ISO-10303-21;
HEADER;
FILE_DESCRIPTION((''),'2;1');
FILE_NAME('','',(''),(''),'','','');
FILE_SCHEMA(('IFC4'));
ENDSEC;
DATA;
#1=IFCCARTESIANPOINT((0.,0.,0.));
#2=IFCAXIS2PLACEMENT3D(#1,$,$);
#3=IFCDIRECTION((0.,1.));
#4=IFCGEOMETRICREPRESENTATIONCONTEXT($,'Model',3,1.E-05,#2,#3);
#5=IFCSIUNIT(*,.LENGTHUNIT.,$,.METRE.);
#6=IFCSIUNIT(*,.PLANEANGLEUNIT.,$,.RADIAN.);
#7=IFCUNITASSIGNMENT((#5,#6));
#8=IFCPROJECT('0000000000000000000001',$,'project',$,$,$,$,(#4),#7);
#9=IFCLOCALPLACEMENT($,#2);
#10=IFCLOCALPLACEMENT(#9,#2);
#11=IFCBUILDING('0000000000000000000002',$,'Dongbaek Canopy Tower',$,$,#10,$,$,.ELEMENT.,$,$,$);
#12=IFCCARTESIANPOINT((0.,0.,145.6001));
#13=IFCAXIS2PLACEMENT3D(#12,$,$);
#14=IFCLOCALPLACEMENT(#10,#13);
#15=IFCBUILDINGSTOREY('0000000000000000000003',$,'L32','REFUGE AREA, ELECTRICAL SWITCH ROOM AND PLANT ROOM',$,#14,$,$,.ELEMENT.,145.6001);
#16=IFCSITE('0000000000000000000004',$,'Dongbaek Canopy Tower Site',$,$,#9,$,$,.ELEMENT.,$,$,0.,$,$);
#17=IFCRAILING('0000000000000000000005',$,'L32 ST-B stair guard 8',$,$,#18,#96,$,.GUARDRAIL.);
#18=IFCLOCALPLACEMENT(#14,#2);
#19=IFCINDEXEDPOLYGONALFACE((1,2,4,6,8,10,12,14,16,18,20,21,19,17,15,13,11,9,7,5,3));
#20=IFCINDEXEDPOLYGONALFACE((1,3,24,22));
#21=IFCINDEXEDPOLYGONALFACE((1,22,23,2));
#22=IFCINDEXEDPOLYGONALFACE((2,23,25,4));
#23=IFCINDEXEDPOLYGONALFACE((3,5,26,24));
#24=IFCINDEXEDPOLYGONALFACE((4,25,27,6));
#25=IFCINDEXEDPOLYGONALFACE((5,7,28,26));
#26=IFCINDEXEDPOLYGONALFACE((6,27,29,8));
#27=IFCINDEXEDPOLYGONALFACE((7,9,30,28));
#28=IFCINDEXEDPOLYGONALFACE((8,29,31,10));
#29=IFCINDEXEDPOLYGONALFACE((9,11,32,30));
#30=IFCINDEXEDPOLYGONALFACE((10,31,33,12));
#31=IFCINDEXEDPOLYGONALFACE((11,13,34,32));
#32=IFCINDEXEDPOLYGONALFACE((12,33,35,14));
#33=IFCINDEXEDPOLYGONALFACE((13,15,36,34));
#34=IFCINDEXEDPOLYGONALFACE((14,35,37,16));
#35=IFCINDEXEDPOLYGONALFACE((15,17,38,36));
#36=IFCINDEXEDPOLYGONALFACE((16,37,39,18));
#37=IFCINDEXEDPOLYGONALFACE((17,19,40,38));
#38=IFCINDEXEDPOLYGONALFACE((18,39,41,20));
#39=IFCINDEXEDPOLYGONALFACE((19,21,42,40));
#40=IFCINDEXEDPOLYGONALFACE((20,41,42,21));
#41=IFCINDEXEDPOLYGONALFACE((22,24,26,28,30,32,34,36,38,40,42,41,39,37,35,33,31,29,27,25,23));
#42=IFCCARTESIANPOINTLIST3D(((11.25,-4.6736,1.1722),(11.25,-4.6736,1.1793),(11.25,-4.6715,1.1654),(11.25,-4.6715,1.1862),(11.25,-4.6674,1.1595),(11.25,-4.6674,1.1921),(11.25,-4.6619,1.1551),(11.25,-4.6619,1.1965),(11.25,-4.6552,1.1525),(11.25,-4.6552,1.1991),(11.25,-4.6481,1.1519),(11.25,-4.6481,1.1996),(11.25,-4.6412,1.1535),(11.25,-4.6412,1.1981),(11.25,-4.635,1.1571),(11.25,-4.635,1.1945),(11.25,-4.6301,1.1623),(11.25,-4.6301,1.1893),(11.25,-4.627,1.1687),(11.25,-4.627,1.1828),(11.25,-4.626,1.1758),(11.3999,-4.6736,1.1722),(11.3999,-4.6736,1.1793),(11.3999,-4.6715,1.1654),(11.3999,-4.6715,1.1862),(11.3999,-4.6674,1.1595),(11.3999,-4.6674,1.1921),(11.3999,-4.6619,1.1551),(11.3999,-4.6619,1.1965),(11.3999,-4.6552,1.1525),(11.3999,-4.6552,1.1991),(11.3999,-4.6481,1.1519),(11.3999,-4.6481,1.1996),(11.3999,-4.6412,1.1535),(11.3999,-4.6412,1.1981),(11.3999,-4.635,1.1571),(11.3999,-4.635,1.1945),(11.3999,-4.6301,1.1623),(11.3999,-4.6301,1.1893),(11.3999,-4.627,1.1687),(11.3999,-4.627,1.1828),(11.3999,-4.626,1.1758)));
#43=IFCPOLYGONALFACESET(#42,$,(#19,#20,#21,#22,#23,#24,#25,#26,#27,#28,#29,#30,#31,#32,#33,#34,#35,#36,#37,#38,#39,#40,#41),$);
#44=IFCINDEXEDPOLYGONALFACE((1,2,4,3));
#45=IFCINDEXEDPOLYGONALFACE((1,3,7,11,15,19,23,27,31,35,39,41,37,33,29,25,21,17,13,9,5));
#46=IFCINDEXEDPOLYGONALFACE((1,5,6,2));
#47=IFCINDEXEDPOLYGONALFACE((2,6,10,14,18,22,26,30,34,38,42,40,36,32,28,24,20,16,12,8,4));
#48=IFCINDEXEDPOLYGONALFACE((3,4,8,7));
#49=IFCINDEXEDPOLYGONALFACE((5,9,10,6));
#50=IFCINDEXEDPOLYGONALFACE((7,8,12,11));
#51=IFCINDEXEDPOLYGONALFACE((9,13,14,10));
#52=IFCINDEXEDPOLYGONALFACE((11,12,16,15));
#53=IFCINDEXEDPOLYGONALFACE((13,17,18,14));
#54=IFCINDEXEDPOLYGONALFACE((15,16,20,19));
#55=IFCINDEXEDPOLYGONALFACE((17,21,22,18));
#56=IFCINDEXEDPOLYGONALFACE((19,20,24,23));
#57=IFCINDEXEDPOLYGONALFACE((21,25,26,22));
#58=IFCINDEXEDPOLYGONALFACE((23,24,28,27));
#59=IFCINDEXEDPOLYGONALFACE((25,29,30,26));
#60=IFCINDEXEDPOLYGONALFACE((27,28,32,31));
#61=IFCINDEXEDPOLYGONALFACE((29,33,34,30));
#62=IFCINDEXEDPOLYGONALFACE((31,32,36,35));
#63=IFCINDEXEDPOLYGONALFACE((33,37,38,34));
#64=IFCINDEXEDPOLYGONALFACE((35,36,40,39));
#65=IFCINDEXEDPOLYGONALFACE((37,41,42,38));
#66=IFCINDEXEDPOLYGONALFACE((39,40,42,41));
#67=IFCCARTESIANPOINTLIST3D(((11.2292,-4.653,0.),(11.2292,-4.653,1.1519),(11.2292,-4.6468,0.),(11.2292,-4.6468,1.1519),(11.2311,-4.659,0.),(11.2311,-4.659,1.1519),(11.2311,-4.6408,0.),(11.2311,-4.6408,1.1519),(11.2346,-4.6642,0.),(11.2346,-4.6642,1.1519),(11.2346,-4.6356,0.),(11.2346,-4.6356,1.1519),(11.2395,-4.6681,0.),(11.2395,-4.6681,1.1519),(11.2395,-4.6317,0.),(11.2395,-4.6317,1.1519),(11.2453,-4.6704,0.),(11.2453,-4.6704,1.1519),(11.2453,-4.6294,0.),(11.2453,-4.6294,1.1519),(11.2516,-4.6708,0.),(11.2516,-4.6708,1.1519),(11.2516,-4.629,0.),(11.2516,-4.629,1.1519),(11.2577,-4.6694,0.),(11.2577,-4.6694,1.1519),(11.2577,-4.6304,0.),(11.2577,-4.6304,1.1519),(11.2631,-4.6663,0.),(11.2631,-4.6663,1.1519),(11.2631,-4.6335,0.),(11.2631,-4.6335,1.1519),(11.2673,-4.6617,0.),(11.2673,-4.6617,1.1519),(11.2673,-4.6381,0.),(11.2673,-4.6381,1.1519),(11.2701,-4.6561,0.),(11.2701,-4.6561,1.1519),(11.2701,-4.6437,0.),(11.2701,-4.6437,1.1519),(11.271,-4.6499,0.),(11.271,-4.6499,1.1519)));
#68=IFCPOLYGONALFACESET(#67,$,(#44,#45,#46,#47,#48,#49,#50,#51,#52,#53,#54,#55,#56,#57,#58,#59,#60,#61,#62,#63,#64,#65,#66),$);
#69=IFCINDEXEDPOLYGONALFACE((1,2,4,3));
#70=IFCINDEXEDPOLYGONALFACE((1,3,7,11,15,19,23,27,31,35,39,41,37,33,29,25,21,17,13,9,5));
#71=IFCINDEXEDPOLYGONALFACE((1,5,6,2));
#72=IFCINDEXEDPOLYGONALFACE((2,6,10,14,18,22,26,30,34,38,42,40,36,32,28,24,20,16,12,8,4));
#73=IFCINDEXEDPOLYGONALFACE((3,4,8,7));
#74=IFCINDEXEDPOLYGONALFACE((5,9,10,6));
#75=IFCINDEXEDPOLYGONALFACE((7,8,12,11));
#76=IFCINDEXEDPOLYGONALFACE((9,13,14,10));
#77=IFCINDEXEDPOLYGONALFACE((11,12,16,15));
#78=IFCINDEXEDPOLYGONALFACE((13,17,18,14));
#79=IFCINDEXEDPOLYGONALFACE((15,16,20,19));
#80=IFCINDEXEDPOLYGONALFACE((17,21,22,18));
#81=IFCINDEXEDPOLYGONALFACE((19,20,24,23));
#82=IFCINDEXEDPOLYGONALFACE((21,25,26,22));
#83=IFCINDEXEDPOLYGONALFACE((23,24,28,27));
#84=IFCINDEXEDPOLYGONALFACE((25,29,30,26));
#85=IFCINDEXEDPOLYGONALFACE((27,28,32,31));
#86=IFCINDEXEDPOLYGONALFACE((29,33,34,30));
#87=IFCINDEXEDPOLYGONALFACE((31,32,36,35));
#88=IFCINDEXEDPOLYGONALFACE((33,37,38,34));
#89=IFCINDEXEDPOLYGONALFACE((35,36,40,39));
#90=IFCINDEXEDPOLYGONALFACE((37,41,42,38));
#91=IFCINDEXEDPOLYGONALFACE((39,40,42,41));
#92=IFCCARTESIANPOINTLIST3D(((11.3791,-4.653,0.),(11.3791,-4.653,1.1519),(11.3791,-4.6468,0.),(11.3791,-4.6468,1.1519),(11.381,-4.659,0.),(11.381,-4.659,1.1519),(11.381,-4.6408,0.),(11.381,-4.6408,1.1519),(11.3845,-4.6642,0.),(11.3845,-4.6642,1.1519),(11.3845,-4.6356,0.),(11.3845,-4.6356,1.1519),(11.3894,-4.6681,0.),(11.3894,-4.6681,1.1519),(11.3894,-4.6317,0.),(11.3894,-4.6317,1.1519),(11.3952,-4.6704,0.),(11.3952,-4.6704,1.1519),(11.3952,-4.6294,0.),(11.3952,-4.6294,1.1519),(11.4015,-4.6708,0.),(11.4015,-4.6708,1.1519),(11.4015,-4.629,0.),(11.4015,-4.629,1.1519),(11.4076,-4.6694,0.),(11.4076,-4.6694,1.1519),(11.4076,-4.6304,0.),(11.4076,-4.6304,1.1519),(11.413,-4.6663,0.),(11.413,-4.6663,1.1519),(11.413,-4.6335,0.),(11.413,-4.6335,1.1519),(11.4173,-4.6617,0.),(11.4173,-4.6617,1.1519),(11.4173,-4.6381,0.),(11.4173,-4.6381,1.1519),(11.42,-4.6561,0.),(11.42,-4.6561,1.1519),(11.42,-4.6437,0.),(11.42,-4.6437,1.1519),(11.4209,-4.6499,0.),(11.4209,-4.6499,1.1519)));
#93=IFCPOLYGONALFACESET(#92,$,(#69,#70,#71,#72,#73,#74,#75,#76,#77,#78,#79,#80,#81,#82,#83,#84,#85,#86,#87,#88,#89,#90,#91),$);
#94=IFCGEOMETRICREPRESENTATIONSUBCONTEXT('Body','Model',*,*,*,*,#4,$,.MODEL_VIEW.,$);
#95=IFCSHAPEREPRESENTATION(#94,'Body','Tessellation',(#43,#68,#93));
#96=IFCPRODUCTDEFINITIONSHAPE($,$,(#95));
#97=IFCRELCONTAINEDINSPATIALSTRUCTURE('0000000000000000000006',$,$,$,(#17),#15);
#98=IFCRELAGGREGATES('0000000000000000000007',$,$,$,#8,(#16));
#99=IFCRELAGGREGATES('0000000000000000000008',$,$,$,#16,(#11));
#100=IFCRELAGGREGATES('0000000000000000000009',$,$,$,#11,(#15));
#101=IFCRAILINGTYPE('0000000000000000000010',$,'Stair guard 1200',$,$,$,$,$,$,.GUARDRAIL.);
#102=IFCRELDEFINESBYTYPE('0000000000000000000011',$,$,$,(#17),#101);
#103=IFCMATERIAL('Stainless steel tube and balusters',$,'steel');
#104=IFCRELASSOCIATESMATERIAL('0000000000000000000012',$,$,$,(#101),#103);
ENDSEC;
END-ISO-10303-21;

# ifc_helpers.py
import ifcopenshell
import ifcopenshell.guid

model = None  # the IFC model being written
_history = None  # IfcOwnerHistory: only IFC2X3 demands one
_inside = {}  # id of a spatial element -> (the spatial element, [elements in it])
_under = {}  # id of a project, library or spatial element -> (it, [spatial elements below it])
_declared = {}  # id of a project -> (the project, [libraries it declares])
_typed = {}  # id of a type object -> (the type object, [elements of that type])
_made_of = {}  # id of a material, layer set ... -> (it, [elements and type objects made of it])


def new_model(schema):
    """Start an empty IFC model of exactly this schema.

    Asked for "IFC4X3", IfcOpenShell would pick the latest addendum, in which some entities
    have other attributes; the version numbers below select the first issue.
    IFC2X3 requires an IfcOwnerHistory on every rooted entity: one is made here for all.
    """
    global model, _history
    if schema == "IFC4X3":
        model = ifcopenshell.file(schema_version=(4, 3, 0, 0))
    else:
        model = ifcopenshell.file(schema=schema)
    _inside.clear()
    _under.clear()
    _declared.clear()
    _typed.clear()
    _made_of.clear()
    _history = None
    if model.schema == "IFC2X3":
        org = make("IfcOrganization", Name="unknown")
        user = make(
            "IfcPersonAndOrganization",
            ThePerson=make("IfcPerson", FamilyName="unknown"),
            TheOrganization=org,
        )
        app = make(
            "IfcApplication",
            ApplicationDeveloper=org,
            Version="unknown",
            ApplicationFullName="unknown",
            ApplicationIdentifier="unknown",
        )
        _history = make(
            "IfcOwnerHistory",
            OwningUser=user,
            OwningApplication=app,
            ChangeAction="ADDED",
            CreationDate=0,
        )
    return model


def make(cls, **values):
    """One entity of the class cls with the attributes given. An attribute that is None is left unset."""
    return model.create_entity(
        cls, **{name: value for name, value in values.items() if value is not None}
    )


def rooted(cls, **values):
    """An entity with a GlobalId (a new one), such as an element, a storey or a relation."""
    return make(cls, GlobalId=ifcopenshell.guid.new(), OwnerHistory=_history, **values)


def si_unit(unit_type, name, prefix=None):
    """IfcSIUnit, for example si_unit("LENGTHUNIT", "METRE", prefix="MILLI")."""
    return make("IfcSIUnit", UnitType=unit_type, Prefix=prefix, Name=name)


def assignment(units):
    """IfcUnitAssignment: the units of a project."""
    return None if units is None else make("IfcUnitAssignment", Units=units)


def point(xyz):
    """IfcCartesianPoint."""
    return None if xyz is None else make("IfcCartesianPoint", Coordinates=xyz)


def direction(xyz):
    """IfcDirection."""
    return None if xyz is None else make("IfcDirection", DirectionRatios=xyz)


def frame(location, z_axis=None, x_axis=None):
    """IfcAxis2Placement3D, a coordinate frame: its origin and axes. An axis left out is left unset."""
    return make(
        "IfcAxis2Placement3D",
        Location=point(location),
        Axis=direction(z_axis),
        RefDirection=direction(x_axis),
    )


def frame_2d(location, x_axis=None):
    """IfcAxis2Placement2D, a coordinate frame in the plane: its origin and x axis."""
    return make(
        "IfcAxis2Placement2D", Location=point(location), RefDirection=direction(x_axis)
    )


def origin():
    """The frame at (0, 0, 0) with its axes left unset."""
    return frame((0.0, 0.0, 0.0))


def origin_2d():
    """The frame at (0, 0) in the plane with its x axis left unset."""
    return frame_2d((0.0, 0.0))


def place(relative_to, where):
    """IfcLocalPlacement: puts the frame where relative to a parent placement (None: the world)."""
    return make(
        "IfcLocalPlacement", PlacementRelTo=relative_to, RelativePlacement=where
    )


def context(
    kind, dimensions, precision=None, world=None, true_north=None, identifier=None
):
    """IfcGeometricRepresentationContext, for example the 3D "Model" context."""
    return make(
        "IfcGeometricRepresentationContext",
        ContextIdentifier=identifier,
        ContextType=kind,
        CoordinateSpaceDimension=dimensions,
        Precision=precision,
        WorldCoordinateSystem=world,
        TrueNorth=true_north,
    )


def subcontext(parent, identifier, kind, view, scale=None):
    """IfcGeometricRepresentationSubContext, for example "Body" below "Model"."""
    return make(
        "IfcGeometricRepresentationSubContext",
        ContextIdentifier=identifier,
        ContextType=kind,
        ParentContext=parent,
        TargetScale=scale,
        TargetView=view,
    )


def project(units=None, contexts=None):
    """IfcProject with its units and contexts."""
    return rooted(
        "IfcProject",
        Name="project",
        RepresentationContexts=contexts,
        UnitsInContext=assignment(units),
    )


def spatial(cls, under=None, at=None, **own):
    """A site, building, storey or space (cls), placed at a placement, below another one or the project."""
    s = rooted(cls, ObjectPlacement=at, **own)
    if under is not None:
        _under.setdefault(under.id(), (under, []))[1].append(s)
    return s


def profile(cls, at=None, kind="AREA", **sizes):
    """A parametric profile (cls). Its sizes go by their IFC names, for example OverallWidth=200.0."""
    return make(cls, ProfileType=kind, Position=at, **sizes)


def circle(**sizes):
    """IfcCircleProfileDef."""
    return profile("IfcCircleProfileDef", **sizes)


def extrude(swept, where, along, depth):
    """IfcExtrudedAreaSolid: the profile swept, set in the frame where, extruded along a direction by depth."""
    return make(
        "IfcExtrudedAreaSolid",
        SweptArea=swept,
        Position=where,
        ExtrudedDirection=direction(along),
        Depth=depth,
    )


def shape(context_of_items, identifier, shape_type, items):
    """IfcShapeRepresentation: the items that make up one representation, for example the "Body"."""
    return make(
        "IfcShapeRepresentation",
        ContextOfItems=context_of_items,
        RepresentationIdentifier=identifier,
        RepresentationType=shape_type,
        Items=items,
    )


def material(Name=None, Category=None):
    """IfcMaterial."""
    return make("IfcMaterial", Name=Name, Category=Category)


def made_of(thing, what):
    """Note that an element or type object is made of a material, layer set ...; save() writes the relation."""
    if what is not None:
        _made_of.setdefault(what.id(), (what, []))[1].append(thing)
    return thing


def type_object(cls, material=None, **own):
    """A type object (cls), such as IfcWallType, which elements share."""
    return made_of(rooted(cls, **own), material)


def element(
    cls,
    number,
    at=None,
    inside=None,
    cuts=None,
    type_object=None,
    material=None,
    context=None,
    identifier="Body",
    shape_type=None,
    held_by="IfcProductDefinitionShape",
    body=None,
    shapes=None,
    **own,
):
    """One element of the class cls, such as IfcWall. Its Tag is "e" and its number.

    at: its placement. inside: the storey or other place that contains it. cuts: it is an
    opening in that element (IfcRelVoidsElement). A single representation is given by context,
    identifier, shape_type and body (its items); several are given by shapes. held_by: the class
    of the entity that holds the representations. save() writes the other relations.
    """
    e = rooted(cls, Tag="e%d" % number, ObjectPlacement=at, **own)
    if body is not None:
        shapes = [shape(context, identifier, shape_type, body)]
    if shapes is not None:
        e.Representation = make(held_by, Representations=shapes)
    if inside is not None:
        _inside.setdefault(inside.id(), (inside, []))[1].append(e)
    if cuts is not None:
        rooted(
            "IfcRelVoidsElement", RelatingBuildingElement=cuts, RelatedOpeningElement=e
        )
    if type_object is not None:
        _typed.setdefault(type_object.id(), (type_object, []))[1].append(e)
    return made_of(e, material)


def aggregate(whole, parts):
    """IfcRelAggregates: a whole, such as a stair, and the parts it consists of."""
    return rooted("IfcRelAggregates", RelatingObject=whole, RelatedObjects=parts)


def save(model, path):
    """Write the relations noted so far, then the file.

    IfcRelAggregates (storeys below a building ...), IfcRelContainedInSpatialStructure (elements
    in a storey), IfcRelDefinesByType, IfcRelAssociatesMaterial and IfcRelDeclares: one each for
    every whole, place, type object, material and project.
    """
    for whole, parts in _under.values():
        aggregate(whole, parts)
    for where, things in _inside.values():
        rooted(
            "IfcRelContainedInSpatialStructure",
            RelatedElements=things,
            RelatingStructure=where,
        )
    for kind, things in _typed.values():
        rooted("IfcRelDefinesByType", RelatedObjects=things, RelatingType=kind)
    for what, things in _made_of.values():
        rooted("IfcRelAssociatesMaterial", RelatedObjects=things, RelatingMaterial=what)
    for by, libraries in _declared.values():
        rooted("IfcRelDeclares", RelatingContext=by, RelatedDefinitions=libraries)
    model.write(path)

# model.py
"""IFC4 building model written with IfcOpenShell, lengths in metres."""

from ifc_helpers import new_model, si_unit, direction, frame, origin, origin_2d, place, context, subcontext, project, spatial, circle, extrude, material, type_object, element, save


model = new_model("IFC4")

# Units and contexts
model_context = context("Model", 3, precision=1e-05, world=origin(), true_north=direction((0.0, 1.0)))
body_context = subcontext(model_context, "Body", "Model", "MODEL_VIEW")
ifc_project = project(units=[si_unit("LENGTHUNIT", "METRE"), si_unit("PLANEANGLEUNIT", "RADIAN")], contexts=[model_context])

# Site, building, storey
site_placement = place(None, origin())
site = spatial("IfcSite", under=ifc_project, at=site_placement, Name="Dongbaek Canopy Tower Site", CompositionType="ELEMENT", RefElevation=0.0)
building_placement = place(site_placement, origin())
building = spatial("IfcBuilding", under=site, at=building_placement, Name="Dongbaek Canopy Tower", CompositionType="ELEMENT")
storey_placement = place(building_placement, frame((0.0, 0.0, 145.6001)))
storey = spatial("IfcBuildingStorey", under=building, at=storey_placement, Name="L32", Description="REFUGE AREA, ELECTRICAL SWITCH ROOM AND PLANT ROOM", CompositionType="ELEMENT", Elevation=145.6001)

# Railing
ifc_material_1 = material(Name="Stainless steel tube and balusters", Category="steel")
railing_type_1 = type_object("IfcRailingType", Name="Stair guard 1200", PredefinedType="GUARDRAIL", material=ifc_material_1)
railing_1_placement = place(storey_placement, frame((11.25, -4.6499, 0.0)))
element("IfcRailing", 1, at=railing_1_placement, inside=storey, type_object=railing_type_1, Name="L32 ST-B stair guard 8", PredefinedType="GUARDRAIL", context=body_context, shape_type="SweptSolid", body=[
    extrude(circle(Radius=0.0239, at=origin_2d()), frame((0.0, 0.0, 1.1758), z_axis=(1.0, 0.0, 0.0), x_axis=(0.0, 1.0, 0.0)), (0.0, 0.0, 1.0), 0.1499),
    extrude(circle(Radius=0.021, at=origin_2d()), origin(), (0.0, 0.0, 1.0), 1.1519),
    extrude(circle(Radius=0.021, at=origin_2d()), frame((0.1499, 0.0, 0.0)), (0.0, 0.0, 1.0), 1.1519),
])

save(model, "model.ifc")
